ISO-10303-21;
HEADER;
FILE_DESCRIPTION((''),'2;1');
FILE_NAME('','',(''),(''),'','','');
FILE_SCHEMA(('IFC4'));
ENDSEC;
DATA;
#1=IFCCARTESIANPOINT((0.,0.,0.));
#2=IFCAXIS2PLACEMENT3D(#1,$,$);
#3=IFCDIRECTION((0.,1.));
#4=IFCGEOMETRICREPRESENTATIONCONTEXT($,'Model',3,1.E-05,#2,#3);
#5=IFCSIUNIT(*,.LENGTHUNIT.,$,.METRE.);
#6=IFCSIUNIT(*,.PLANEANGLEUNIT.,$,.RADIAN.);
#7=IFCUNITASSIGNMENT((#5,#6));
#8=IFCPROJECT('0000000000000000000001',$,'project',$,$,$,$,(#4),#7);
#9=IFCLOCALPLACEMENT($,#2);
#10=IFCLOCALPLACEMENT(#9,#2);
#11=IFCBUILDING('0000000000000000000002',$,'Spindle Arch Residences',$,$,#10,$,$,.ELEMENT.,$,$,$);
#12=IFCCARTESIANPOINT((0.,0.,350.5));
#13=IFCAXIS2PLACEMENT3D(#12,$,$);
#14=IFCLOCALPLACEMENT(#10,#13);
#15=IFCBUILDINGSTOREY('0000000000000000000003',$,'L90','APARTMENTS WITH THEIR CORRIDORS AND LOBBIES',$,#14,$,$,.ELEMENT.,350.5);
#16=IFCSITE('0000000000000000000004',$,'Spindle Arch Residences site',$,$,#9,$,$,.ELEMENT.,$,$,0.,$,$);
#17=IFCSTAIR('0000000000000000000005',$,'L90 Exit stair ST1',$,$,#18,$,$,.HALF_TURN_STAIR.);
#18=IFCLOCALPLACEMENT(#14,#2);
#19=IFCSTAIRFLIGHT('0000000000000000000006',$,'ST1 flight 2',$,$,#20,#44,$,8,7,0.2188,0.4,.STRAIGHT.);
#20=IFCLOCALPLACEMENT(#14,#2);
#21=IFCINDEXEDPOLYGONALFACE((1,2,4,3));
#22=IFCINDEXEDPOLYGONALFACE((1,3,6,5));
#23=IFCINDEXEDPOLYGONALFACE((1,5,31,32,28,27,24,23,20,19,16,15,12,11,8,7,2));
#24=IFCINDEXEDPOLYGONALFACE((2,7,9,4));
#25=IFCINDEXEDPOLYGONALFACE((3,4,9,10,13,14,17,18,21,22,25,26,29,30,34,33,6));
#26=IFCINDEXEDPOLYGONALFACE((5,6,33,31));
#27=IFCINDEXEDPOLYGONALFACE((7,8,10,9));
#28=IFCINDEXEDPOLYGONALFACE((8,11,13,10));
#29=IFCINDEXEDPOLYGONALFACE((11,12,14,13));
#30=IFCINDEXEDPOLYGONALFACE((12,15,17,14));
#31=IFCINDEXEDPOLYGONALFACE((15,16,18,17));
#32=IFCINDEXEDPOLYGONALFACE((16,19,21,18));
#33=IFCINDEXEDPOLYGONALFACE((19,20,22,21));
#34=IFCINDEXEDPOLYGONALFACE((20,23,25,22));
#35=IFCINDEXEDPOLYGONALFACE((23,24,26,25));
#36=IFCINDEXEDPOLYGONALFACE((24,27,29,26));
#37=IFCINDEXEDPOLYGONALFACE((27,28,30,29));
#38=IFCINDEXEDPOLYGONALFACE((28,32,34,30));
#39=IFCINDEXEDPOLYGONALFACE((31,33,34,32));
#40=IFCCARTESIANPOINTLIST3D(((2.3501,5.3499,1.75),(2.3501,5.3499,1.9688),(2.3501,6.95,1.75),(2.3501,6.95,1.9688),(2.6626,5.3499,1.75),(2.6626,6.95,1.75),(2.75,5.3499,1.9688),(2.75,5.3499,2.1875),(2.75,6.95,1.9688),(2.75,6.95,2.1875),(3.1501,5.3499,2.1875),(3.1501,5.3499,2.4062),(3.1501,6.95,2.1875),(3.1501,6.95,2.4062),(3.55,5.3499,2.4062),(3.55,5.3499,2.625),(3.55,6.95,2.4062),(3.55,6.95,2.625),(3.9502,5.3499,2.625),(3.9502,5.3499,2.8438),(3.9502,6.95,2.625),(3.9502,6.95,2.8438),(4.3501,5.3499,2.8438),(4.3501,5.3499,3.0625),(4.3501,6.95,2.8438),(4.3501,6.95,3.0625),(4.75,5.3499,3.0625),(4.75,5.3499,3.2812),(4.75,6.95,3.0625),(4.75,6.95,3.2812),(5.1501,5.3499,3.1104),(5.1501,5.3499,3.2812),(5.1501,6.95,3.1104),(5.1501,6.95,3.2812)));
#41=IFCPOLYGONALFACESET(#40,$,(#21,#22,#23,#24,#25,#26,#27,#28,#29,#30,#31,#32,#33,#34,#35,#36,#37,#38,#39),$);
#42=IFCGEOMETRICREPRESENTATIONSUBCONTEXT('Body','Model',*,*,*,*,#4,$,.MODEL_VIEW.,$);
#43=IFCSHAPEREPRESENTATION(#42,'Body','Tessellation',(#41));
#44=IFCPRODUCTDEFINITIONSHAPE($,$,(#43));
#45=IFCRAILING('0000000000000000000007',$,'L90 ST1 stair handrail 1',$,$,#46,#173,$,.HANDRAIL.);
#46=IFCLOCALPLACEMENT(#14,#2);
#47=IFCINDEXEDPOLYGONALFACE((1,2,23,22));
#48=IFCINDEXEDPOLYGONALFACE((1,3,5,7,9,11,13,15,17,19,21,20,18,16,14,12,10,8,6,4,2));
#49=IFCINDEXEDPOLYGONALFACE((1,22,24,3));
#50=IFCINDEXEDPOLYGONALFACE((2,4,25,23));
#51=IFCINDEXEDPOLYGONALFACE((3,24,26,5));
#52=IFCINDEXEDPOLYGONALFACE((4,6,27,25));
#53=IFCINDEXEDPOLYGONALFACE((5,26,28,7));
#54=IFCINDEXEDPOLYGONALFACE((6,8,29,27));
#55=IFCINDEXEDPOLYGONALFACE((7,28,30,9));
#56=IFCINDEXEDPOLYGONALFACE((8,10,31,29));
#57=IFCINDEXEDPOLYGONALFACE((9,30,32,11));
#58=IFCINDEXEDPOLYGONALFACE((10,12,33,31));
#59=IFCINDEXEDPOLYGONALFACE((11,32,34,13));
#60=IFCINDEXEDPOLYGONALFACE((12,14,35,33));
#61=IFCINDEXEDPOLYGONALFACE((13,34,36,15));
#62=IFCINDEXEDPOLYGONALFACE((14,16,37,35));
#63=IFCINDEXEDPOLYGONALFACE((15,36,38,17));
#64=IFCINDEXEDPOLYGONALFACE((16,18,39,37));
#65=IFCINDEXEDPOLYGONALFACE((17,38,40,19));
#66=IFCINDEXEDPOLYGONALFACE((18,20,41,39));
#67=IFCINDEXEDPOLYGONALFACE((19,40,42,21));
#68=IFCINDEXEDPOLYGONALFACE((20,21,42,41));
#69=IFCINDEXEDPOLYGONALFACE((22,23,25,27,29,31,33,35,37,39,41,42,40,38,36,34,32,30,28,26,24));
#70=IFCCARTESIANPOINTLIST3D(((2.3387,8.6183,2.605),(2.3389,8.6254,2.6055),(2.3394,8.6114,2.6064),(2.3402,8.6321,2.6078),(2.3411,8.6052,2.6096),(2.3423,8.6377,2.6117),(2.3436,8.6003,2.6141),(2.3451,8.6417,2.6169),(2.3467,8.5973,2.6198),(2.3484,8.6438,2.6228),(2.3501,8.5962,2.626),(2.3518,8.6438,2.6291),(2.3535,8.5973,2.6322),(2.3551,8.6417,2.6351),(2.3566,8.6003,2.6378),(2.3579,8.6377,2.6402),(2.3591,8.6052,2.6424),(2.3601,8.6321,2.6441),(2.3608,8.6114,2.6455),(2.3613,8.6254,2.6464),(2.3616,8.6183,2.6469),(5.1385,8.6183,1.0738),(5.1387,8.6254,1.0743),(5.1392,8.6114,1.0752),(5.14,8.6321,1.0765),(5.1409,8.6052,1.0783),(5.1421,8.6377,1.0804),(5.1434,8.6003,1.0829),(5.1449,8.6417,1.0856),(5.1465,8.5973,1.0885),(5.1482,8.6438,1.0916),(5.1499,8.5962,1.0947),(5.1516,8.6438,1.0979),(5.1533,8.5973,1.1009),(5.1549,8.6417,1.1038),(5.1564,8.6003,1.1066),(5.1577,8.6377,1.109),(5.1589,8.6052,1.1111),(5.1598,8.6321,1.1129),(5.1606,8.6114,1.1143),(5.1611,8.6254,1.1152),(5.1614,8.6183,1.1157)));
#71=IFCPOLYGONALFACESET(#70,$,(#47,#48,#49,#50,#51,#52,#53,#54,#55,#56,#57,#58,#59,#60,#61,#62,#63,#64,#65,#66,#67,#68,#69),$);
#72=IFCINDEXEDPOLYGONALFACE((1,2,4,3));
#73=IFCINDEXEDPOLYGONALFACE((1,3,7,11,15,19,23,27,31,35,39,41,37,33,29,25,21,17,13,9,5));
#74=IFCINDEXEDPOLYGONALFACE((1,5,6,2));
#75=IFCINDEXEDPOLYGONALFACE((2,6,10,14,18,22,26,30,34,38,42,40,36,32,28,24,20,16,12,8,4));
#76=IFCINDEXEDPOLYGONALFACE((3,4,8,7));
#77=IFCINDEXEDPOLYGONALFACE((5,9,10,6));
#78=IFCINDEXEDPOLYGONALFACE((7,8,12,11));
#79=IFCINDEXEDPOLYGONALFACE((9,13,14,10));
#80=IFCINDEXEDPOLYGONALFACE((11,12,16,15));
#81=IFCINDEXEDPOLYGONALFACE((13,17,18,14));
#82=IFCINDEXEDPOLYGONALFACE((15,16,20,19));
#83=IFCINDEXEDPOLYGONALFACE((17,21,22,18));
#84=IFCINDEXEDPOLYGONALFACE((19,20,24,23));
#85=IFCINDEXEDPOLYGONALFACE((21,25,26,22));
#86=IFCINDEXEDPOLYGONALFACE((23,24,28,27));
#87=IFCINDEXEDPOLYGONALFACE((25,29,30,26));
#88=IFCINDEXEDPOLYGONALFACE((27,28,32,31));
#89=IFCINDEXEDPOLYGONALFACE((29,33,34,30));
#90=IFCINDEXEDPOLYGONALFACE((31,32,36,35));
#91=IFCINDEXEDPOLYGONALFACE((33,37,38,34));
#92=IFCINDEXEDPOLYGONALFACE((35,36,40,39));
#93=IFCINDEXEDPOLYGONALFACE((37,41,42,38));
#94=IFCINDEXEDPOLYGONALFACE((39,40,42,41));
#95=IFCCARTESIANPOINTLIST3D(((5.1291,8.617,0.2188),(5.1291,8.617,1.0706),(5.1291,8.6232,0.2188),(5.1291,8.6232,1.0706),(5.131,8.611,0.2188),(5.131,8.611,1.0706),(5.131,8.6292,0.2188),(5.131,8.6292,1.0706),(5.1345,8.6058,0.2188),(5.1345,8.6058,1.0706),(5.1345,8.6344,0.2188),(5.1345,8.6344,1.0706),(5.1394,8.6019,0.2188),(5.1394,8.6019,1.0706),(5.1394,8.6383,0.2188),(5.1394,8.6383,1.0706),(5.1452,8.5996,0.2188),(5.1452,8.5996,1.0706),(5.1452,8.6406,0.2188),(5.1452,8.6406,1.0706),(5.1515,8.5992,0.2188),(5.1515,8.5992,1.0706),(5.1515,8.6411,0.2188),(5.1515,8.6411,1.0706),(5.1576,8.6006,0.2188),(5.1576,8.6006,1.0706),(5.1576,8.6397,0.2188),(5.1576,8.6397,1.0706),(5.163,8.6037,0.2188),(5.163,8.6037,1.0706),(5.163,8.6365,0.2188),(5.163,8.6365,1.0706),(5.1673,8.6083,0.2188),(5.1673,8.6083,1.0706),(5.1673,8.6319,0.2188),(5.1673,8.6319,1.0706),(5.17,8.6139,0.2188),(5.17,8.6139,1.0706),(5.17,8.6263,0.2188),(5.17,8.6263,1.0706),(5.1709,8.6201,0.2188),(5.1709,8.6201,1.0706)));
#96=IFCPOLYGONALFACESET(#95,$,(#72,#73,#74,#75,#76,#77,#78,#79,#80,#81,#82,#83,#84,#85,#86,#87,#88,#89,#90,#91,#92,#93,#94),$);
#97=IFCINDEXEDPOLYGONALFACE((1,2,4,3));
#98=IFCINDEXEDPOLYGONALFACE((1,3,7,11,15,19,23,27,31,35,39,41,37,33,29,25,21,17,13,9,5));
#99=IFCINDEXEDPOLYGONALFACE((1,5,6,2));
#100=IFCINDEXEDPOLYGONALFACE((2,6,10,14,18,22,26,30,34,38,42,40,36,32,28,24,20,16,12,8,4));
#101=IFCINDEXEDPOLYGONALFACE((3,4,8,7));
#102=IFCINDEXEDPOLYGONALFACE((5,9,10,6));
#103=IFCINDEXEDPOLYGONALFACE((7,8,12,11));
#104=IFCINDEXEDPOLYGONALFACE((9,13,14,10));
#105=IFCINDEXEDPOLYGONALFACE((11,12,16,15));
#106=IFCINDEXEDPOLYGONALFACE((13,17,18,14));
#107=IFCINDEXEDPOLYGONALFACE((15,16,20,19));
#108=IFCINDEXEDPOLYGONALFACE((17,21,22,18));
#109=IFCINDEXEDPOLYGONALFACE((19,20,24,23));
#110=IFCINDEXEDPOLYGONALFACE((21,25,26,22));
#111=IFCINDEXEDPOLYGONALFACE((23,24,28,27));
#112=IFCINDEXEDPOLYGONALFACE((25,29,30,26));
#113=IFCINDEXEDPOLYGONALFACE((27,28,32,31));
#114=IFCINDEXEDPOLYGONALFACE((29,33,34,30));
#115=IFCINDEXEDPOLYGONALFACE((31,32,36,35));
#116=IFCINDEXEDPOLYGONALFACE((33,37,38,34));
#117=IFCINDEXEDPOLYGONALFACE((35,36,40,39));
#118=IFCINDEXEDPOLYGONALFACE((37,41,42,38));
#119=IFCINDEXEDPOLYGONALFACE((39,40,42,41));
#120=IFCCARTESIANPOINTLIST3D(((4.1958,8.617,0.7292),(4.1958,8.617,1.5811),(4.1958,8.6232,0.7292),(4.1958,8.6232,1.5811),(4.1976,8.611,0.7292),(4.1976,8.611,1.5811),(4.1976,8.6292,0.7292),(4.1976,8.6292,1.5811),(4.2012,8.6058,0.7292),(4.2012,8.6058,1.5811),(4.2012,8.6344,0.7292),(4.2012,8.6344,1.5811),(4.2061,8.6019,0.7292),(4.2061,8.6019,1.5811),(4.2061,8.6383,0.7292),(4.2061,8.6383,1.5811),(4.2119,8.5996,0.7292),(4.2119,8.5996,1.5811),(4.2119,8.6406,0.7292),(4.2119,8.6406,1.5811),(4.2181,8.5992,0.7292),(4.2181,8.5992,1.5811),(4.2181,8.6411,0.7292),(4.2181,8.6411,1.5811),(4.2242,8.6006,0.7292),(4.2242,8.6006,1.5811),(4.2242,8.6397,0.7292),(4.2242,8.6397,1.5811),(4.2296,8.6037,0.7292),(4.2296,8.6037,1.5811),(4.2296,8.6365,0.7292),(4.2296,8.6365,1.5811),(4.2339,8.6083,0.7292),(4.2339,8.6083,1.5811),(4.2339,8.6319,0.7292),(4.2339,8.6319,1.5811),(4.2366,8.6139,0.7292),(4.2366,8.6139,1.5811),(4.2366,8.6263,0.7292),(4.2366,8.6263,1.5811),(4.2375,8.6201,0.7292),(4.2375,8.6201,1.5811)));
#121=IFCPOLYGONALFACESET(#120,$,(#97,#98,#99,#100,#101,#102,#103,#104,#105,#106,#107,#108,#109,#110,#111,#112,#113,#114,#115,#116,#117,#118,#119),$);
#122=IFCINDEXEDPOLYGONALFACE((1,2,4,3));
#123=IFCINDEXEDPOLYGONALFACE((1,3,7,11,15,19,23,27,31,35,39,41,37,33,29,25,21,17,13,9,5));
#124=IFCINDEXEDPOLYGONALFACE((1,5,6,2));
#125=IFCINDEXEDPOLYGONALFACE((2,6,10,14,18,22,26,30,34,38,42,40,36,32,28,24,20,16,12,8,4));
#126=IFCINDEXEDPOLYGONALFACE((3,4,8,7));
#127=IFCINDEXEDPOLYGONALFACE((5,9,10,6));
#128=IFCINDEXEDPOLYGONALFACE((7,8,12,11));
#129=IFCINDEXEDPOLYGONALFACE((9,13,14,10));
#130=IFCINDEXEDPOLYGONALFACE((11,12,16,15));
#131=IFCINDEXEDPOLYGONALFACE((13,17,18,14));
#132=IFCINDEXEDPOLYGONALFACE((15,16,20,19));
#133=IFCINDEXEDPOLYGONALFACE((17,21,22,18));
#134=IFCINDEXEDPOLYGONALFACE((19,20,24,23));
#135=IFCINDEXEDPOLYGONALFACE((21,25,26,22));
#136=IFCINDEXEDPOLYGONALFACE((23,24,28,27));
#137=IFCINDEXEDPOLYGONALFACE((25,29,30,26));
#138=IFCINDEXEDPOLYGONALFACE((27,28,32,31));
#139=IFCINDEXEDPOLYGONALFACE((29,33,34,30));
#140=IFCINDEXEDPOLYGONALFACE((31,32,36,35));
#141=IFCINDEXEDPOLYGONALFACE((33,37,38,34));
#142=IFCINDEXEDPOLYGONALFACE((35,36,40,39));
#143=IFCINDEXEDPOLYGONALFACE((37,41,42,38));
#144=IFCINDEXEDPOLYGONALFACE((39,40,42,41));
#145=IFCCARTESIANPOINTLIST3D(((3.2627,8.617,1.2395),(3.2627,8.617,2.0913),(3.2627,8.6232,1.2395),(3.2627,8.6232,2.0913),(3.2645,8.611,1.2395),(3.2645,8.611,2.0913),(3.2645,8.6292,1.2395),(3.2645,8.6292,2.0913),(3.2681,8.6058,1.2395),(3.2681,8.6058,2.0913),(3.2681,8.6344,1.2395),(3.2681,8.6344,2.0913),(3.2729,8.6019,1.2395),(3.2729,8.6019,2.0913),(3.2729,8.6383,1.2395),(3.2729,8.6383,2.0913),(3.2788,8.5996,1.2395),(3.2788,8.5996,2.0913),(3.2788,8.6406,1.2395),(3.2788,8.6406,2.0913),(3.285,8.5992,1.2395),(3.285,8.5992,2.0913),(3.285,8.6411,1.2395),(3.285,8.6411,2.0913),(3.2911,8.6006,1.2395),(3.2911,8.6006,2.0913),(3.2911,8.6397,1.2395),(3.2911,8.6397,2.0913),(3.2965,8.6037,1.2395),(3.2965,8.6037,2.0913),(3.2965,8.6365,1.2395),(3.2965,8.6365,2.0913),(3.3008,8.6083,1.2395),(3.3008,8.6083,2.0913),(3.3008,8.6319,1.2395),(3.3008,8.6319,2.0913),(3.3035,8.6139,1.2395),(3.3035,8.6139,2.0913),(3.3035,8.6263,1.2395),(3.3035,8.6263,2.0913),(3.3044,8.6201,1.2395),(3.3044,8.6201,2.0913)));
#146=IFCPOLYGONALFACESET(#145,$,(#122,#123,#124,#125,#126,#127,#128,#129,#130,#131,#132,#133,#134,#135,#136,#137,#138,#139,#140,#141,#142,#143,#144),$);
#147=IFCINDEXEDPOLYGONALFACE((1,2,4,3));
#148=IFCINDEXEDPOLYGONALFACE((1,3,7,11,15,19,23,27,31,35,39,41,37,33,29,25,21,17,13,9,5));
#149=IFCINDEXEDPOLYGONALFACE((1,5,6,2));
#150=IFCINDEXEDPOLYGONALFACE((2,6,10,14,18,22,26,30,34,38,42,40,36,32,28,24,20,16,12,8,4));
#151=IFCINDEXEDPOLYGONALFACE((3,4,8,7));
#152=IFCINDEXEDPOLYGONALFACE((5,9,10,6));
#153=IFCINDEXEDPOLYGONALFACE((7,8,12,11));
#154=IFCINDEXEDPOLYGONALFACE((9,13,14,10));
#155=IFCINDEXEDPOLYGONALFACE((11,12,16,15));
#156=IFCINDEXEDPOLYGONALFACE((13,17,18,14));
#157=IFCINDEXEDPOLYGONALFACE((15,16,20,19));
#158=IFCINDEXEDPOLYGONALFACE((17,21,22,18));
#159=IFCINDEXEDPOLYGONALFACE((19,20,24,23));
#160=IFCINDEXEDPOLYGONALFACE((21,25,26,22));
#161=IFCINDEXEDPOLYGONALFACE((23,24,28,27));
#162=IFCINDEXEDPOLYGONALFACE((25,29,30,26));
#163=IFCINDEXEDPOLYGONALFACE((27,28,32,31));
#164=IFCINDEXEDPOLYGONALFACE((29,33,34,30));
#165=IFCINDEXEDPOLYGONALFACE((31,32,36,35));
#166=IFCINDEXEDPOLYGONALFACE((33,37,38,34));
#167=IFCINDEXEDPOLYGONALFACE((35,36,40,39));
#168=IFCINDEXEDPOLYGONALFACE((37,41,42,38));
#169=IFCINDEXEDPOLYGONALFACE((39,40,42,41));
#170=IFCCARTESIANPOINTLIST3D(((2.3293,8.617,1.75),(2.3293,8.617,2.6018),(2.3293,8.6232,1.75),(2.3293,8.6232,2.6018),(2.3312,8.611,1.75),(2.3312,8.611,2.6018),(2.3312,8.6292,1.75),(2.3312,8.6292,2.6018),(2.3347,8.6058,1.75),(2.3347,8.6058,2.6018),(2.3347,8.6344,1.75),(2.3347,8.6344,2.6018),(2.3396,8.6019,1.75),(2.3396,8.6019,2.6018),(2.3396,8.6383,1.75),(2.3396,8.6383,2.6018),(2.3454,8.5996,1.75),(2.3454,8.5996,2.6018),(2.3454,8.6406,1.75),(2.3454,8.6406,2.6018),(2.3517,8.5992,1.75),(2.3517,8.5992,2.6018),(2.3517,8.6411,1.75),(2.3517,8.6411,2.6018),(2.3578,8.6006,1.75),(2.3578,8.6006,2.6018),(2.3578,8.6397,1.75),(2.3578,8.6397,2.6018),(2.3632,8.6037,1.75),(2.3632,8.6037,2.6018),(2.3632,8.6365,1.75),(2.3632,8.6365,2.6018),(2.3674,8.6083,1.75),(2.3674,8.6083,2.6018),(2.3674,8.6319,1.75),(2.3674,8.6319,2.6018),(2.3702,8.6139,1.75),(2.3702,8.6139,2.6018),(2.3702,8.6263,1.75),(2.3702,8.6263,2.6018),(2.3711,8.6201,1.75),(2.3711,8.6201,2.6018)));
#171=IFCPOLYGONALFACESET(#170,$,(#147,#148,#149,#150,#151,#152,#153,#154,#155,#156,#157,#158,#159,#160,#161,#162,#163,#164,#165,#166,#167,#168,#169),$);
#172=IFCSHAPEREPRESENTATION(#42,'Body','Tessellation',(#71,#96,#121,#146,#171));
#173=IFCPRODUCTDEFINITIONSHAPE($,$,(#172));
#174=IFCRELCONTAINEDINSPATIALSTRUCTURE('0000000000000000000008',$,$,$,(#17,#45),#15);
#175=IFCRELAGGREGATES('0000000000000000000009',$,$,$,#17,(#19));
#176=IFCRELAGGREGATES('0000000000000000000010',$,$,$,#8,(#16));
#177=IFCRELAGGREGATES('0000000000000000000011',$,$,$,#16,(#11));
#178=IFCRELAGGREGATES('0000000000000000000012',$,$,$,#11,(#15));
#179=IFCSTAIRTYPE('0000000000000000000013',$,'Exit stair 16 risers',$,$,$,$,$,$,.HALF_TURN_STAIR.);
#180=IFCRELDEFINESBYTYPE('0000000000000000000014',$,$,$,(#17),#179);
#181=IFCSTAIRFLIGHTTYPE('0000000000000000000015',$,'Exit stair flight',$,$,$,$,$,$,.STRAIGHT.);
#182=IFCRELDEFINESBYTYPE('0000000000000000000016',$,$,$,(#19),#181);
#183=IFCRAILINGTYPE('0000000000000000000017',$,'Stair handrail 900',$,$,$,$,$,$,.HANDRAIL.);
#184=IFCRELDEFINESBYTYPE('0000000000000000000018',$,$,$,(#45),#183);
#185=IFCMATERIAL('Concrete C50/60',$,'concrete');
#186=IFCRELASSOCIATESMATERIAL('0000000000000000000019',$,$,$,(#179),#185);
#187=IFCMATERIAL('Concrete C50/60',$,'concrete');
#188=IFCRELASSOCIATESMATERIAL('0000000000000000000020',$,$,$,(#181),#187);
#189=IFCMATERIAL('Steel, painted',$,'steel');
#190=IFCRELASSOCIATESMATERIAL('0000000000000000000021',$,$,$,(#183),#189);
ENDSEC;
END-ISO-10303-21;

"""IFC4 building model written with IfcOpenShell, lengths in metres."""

from ifc_helpers import new_model, si_unit, direction, frame, origin, origin_2d, place, context, subcontext, project, spatial, polyline, circle, outline, extrude, material, type_object, element, aggregate, save


model = new_model("IFC4")

# Units and contexts
model_context = context("Model", 3, precision=1e-05, world=origin(), true_north=direction((0.0, 1.0)))
body_context = subcontext(model_context, "Body", "Model", "MODEL_VIEW")
ifc_project = project(units=[si_unit("LENGTHUNIT", "METRE"), si_unit("PLANEANGLEUNIT", "RADIAN")], contexts=[model_context])

# Site, building, storey
site_placement = place(None, origin())
site = spatial("IfcSite", under=ifc_project, at=site_placement, Name="Spindle Arch Residences site", CompositionType="ELEMENT", RefElevation=0.0)
building_placement = place(site_placement, origin())
building = spatial("IfcBuilding", under=site, at=building_placement, Name="Spindle Arch Residences", CompositionType="ELEMENT")
storey_placement = place(building_placement, frame((0.0, 0.0, 350.5)))
storey = spatial("IfcBuildingStorey", under=building, at=storey_placement, Name="L90", Description="APARTMENTS WITH THEIR CORRIDORS AND LOBBIES", CompositionType="ELEMENT", Elevation=350.5)

# Stair, stair flight
ifc_material_1 = material(Name="Concrete C50/60", Category="concrete")
stair_type = type_object("IfcStairType", Name="Exit stair 16 risers", PredefinedType="HALF_TURN_STAIR", material=ifc_material_1)
stair_placement = place(storey_placement, origin())
stair = element("IfcStair", 1, at=stair_placement, inside=storey, type_object=stair_type, Name="L90 Exit stair ST1", PredefinedType="HALF_TURN_STAIR")
ifc_material_2 = material(Name="Concrete C50/60", Category="concrete")
stair_flight_type = type_object("IfcStairFlightType", Name="Exit stair flight", PredefinedType="STRAIGHT", material=ifc_material_2)
stair_flight_1_placement = place(storey_placement, frame((2.3501, 6.1499, 1.75), z_axis=(0.0, 0.0, 1.0), x_axis=(1.0, 0.0, 0.0)))
stair_flight_1 = element("IfcStairFlight", 2, at=stair_flight_1_placement, type_object=stair_flight_type, Name="ST1 flight 2", NumberOfRisers=8, NumberOfTreads=7, PredefinedType="STRAIGHT", RiserHeight=0.2188, TreadLength=0.4, context=body_context, shape_type="SweptSolid", body=[
    extrude(outline(polyline([(0.0, 0.0), (0.0, 0.2188), (0.3999, 0.2188), (0.3999, 0.4375), (0.8, 0.4375), (0.8, 0.6562), (1.2, 0.6562), (1.2, 0.875), (1.6001, 0.875), (1.6001, 1.0938), (2.0, 1.0938), (2.0, 1.3125), (2.3999, 1.3125), (2.3999, 1.5312), (2.8, 1.5312), (2.8, 1.75), (2.8, 1.3604), (0.3125, 0.0), (0.0, 0.0)])), frame((0.0, 0.8, 0.0), z_axis=(0.0, -1.0, 0.0), x_axis=(1.0, 0.0, 0.0)), (0.0, 0.0, 1.0), 1.6001),
])
aggregate(stair, [stair_flight_1])

# Railing
ifc_material_3 = material(Name="Steel, painted", Category="steel")
railing_type_1 = type_object("IfcRailingType", Name="Stair handrail 900", PredefinedType="HANDRAIL", material=ifc_material_3)
railing_1_placement = place(storey_placement, frame((5.1499, 8.6201, 0.2188)))
element("IfcRailing", 3, at=railing_1_placement, inside=storey, type_object=railing_type_1, Name="L90 ST1 stair handrail 1", PredefinedType="HANDRAIL", context=body_context, shape_type="SweptSolid", body=[
    extrude(circle(Radius=0.0239, at=origin_2d()), frame((0.0, 0.0, 0.876), z_axis=(-0.877357, 0.0, 0.479838), x_axis=(0.0, -1.0, 0.0)), (0.0, 0.0, 1.0), 3.1912),
    extrude(circle(Radius=0.021, at=origin_2d()), origin(), (0.0, 0.0, 1.0), 0.8518),
    extrude(circle(Radius=0.021, at=origin_2d()), frame((-0.9333, 0.0, 0.5105)), (0.0, 0.0, 1.0), 0.8518),
    extrude(circle(Radius=0.021, at=origin_2d()), frame((-1.8665, 0.0, 1.0208)), (0.0, 0.0, 1.0), 0.8518),
    extrude(circle(Radius=0.021, at=origin_2d()), frame((-2.7998, 0.0, 1.5312)), (0.0, 0.0, 1.0), 0.8518),
])

save(model, "model.ifc")
